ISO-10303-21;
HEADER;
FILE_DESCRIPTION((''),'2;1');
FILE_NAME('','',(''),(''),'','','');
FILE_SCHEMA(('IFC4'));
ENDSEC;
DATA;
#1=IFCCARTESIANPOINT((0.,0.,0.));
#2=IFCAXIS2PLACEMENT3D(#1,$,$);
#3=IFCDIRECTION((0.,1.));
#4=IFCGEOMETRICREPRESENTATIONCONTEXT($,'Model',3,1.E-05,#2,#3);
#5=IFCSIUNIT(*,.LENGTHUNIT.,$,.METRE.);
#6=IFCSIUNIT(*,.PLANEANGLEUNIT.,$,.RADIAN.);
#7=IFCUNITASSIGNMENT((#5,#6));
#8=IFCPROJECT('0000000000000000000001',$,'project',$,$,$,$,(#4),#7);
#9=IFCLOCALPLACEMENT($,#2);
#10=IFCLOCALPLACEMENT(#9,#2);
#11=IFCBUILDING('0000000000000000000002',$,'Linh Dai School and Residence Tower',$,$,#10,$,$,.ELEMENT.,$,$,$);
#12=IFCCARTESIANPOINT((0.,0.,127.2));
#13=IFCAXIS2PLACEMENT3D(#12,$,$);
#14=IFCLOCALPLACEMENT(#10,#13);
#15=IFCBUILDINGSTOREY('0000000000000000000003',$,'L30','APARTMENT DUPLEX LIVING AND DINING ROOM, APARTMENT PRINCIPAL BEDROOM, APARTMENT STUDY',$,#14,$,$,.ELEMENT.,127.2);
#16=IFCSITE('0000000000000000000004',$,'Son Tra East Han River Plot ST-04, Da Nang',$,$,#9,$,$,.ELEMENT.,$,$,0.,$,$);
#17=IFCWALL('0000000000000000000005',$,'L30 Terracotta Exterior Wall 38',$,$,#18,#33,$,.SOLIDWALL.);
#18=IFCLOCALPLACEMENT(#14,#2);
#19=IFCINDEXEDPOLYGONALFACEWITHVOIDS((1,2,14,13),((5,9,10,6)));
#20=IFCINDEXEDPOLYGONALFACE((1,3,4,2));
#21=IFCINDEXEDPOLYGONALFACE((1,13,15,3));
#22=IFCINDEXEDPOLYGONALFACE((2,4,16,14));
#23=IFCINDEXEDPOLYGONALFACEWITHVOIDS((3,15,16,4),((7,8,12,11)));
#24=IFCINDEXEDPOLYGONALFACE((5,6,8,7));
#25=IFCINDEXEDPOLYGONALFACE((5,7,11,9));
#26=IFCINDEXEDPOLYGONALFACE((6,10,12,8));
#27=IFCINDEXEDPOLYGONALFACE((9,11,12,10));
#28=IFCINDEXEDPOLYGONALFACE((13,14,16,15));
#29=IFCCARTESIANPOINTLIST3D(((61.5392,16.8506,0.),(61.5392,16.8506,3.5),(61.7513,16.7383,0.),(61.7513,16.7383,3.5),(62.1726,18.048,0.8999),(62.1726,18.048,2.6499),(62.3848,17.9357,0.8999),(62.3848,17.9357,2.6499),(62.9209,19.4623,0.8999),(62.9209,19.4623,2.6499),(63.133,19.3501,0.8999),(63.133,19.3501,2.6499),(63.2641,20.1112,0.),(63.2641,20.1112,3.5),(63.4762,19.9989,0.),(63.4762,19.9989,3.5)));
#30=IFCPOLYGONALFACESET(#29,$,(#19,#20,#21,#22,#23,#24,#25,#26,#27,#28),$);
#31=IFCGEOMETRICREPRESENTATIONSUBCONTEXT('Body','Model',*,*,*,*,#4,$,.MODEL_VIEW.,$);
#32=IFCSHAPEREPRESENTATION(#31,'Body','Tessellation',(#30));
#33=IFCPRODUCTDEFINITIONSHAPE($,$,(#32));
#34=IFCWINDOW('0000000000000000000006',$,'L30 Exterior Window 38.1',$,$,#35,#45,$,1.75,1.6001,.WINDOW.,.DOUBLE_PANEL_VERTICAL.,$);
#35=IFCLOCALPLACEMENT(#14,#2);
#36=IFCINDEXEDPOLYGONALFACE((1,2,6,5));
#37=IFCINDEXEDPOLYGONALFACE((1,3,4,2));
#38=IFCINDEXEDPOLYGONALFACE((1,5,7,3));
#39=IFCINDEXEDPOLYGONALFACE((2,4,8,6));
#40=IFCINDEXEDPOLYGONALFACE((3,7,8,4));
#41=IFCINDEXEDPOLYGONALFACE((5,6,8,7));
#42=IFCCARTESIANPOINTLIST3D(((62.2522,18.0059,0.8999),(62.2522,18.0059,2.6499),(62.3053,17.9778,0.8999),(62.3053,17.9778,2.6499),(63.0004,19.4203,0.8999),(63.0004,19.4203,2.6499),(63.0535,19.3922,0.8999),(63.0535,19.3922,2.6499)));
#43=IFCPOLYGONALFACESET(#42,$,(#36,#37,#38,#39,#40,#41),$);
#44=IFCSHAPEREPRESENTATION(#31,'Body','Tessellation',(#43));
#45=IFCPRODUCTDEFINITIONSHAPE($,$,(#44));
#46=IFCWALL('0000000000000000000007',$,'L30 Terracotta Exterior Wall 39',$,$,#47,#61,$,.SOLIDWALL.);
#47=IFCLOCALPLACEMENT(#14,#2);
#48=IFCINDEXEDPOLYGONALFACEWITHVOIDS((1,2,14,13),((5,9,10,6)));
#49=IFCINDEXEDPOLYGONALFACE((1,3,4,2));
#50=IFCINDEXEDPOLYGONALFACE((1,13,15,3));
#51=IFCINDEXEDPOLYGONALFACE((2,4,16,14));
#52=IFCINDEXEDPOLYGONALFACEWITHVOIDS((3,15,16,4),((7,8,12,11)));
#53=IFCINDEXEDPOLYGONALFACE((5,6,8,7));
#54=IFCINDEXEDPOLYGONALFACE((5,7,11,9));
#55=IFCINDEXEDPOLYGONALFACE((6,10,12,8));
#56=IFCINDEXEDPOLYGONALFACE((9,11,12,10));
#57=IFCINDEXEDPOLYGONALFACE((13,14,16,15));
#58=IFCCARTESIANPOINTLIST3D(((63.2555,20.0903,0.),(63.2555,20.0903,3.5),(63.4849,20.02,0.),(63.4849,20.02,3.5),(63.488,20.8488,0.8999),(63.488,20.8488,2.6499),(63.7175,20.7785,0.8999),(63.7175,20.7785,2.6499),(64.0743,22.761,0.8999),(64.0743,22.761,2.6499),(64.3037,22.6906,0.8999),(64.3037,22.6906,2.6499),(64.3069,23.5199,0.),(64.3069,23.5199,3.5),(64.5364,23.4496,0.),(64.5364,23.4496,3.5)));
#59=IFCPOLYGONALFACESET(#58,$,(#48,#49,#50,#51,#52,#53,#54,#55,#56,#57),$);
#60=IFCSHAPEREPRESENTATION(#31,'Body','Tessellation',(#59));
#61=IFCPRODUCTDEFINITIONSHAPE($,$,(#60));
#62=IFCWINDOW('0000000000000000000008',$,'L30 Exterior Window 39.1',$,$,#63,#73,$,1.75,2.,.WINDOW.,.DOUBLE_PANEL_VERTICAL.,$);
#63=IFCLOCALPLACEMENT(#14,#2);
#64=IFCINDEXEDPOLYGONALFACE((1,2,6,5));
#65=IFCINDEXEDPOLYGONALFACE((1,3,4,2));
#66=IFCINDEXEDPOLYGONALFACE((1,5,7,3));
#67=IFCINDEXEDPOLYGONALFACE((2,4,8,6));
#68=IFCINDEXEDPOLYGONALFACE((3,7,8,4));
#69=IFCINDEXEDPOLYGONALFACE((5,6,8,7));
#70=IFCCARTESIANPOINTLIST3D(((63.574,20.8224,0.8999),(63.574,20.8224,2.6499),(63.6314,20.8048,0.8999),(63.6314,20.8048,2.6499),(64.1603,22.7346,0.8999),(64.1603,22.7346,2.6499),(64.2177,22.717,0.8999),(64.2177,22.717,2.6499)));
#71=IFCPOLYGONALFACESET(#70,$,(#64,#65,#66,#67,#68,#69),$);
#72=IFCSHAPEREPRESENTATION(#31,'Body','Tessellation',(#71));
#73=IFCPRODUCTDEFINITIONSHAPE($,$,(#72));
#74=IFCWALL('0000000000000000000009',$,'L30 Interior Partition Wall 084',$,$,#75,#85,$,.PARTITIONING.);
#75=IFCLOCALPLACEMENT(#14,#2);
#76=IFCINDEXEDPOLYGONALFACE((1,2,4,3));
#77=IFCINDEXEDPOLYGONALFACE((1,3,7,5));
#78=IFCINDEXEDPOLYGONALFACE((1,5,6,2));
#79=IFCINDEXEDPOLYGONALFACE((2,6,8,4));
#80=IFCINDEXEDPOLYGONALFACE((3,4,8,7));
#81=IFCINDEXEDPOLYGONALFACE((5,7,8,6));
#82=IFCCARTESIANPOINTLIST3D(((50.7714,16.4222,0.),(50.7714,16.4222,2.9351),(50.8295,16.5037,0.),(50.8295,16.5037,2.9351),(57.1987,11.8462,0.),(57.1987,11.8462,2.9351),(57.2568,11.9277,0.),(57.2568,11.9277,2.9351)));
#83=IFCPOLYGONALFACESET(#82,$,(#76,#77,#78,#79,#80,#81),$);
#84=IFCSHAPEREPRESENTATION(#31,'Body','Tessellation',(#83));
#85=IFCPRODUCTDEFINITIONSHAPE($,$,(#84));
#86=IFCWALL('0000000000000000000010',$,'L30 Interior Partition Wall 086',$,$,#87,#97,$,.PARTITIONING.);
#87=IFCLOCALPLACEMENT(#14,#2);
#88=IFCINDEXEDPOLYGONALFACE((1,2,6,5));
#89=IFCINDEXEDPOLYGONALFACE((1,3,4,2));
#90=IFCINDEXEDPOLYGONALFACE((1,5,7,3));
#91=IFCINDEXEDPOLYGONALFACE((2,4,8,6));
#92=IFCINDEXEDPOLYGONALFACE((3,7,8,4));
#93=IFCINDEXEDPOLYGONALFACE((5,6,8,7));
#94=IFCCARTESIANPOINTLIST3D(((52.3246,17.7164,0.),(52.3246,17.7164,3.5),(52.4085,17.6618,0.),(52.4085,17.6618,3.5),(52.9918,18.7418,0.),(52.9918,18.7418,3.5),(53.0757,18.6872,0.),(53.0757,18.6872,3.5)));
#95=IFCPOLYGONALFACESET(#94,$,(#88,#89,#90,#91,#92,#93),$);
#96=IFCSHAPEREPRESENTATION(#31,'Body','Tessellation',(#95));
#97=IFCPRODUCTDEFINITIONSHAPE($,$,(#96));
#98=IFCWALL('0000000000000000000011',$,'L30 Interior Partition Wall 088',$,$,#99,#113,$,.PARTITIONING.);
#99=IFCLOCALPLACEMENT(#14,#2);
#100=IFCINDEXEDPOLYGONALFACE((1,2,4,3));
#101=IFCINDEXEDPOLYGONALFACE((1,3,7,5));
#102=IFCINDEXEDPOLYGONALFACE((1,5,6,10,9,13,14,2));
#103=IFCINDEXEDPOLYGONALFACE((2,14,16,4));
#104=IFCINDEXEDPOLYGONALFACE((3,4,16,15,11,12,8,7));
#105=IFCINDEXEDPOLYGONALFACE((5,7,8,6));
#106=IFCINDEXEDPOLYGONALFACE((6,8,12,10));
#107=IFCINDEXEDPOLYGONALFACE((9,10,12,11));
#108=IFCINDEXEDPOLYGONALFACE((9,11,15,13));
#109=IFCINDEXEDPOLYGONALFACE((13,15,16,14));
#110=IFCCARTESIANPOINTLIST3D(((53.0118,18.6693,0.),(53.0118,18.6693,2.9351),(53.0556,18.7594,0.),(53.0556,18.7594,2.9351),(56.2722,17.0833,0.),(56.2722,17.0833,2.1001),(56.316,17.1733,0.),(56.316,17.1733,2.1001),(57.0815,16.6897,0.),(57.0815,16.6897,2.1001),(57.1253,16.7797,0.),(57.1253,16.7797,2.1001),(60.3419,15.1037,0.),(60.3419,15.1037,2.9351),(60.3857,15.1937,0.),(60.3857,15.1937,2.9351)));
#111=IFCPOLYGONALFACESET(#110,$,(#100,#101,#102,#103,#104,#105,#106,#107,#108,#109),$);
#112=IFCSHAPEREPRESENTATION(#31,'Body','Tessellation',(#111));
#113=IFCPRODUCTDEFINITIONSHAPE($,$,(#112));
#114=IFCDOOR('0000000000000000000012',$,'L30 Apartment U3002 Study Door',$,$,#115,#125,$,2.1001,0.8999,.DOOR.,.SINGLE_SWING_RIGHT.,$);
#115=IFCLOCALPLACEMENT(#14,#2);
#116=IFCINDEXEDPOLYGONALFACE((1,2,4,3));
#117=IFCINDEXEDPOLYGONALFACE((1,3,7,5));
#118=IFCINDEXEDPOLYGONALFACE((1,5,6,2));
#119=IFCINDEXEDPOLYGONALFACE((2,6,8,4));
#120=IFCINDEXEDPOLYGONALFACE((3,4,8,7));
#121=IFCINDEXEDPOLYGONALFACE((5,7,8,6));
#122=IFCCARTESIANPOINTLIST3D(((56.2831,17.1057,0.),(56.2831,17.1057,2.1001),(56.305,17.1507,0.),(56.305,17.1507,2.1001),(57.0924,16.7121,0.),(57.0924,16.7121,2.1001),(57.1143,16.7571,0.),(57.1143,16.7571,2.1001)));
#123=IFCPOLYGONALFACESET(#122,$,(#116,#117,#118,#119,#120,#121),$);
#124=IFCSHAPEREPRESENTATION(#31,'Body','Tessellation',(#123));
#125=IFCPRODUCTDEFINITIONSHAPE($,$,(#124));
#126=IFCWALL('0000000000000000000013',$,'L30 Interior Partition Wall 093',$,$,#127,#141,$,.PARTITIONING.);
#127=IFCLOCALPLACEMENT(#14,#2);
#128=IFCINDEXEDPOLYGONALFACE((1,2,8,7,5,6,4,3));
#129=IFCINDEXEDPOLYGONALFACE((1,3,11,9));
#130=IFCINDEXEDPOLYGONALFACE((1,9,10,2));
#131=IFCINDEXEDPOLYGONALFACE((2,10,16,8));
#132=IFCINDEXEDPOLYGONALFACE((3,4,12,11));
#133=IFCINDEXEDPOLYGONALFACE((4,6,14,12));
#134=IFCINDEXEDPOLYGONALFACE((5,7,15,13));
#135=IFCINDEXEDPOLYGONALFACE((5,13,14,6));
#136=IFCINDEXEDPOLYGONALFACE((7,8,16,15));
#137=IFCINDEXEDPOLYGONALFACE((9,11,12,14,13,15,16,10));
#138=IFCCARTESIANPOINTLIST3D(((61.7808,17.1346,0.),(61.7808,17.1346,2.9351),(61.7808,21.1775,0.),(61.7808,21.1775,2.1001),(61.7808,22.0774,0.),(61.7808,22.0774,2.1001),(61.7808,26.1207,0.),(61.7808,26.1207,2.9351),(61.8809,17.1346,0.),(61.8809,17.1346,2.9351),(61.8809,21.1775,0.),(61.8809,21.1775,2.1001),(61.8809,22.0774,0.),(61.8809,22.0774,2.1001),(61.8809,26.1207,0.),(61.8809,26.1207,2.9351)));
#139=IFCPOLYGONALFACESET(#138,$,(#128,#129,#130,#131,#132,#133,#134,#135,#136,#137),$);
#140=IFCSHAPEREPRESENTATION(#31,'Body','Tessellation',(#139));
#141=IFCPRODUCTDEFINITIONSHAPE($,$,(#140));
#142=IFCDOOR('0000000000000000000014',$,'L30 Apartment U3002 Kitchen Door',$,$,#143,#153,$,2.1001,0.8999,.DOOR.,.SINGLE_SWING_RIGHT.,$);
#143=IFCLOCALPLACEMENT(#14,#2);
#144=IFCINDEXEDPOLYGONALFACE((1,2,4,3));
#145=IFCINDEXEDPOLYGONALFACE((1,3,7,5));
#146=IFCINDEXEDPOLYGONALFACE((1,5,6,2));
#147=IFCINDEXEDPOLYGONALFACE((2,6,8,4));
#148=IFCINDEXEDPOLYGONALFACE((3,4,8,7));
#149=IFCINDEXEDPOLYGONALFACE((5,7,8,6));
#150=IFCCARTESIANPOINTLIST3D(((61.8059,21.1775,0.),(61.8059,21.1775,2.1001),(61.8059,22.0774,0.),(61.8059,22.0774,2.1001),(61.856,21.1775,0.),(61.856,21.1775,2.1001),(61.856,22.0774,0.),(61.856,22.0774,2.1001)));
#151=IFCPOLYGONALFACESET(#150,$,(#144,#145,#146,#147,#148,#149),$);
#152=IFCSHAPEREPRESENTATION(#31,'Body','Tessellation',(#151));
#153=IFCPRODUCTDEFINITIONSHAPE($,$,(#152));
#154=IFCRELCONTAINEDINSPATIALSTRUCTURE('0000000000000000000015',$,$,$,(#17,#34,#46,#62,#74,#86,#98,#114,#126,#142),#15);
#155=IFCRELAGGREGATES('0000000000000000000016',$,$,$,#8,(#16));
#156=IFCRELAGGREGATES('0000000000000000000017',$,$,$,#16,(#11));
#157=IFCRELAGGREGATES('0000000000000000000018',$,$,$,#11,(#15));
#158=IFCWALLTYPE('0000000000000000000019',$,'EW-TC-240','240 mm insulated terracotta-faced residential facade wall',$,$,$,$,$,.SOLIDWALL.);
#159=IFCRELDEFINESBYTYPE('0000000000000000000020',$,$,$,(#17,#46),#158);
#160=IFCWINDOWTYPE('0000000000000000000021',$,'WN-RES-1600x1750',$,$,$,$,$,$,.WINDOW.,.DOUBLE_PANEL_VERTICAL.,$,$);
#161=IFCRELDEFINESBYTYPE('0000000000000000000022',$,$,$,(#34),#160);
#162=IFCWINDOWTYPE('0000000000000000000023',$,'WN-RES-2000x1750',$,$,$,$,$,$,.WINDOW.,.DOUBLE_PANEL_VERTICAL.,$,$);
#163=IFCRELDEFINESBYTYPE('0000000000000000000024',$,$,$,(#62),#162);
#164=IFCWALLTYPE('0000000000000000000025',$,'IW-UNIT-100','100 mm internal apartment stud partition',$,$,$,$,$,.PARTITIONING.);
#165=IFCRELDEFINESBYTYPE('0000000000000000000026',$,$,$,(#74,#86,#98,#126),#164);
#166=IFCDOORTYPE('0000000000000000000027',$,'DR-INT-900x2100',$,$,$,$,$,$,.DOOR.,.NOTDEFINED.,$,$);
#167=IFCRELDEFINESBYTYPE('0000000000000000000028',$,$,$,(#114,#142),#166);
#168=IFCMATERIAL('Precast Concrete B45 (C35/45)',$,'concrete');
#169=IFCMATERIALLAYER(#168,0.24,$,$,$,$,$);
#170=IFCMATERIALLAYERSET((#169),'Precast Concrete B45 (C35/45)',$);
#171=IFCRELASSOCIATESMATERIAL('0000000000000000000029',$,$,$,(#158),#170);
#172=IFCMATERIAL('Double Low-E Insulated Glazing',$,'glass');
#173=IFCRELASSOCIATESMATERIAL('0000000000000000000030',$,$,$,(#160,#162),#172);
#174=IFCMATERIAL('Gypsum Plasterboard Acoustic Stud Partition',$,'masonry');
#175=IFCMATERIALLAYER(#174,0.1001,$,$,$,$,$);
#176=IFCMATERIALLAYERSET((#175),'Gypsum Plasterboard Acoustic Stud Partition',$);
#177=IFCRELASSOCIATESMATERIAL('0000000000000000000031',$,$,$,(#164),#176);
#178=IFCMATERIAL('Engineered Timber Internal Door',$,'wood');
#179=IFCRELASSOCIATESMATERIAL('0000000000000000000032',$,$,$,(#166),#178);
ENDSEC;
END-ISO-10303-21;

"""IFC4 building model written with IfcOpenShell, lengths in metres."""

from ifc_helpers import new_model, si_unit, direction, frame, frame_2d, origin, origin_2d, place, context, subcontext, project, spatial, rectangle, extrude, source, transform, mapped, material, layer, layer_set, type_object, element, fill, save


model = new_model("IFC4")

# Units and contexts
model_context = context("Model", 3, precision=1e-05, world=origin(), true_north=direction((0.0, 1.0)))
body_context = subcontext(model_context, "Body", "Model", "MODEL_VIEW")
ifc_project = project(units=[si_unit("LENGTHUNIT", "METRE"), si_unit("PLANEANGLEUNIT", "RADIAN")], contexts=[model_context])

# Site, building, storey
site_placement = place(None, origin())
site = spatial("IfcSite", under=ifc_project, at=site_placement, Name="Son Tra East Han River Plot ST-04, Da Nang", CompositionType="ELEMENT", RefElevation=0.0)
building_placement = place(site_placement, origin())
building = spatial("IfcBuilding", under=site, at=building_placement, Name="Linh Dai School and Residence Tower", CompositionType="ELEMENT")
storey_placement = place(building_placement, frame((0.0, 0.0, 127.2)))
storey = spatial("IfcBuildingStorey", under=building, at=storey_placement, Name="L30", Description="APARTMENT DUPLEX LIVING AND DINING ROOM, APARTMENT PRINCIPAL BEDROOM, APARTMENT STUDY", CompositionType="ELEMENT", Elevation=127.2)

# Shared definitions
ifc_material_1 = material(Name="Precast Concrete B45 (C35/45)", Category="concrete")

# Walls, openings, windows
ifc_layer_1 = layer(ifc_material_1, 0.24)
ifc_layer_set_1 = layer_set([ifc_layer_1], Name="Precast Concrete B45 (C35/45)")
wall_type_1 = type_object("IfcWallType", Name="EW-TC-240", Description="240 mm insulated terracotta-faced residential facade wall", PredefinedType="SOLIDWALL", material=ifc_layer_set_1)
ifc_material_2 = material(Name="Double Low-E Insulated Glazing", Category="glass")
window_type_1 = type_object("IfcWindowType", Name="WN-RES-1600x1750", PartitioningType="DOUBLE_PANEL_VERTICAL", PredefinedType="WINDOW", material=ifc_material_2)
shared_shape_1 = source(origin(), body_context, "Body", "SweptSolid", [
    extrude(rectangle(XDim=1.6001, YDim=1.75, at=origin_2d()), frame((0.8, 0.03, 0.875), z_axis=(0.0, -1.0, 0.0), x_axis=(1.0, 0.0, 0.0)), (0.0, 0.0, 1.0), 0.0601),
])
window_type_2 = type_object("IfcWindowType", Name="WN-RES-2000x1750", PartitioningType="DOUBLE_PANEL_VERTICAL", PredefinedType="WINDOW", material=ifc_material_2)
shared_shape_2 = source(origin(), body_context, "Body", "SweptSolid", [
    extrude(rectangle(XDim=2.0, YDim=1.75, at=origin_2d()), frame((1.0, 0.03, 0.875), z_axis=(0.0, -1.0, 0.0), x_axis=(1.0, 0.0, 0.0)), (0.0, 0.0, 1.0), 0.0601),
])
wall_1_placement = place(storey_placement, frame((63.3701, 20.0549, 0.0), z_axis=(0.0, 0.0, 1.0), x_axis=(-0.467614, -0.883933, 0.0)))
wall_1 = element("IfcWall", 1, at=wall_1_placement, inside=storey, type_object=wall_type_1, Name="L30 Terracotta Exterior Wall 38", PredefinedType="SOLIDWALL", context=body_context, shape_type="SweptSolid", body=[
    extrude(rectangle(XDim=3.6887, YDim=0.24, at=frame_2d((1.8442, 0.0))), origin(), (0.0, 0.0, 1.0), 3.5),
])
opening_1_placement = place(wall_1_placement, frame((0.7339, 0.0, 0.8999)))
opening_1 = element("IfcOpeningElement", 2, at=opening_1_placement, cuts=wall_1, PredefinedType="OPENING", context=body_context, shape_type="SweptSolid", body=[
    extrude(rectangle(XDim=1.6001, YDim=1.75, at=origin_2d()), frame((0.8, 0.1299, 0.875), z_axis=(0.0, -1.0, 0.0), x_axis=(1.0, 0.0, 0.0)), (0.0, 0.0, 1.0), 0.26),
])
window_1_placement = place(opening_1_placement, origin())
window_1 = element("IfcWindow", 3, at=window_1_placement, inside=storey, type_object=window_type_1, Name="L30 Exterior Window 38.1", OverallHeight=1.75, OverallWidth=1.6001, PartitioningType="DOUBLE_PANEL_VERTICAL", PredefinedType="WINDOW", context=body_context, shape_type="MappedRepresentation", body=[
    mapped(shared_shape_1, transform((0.0, 0.0, 0.0), x_axis=(1.0, 0.0, 0.0), y_axis=(0.0, 1.0, 0.0), z_axis=(0.0, 0.0, 1.0), scale=1.0)),
])
fill(opening_1, window_1)
wall_2_placement = place(storey_placement, frame((64.4216, 23.4846, 0.0), z_axis=(0.0, 0.0, 1.0), x_axis=(-0.293124, -0.956074, 0.0)))
wall_2 = element("IfcWall", 4, at=wall_2_placement, inside=storey, type_object=wall_type_1, Name="L30 Terracotta Exterior Wall 39", PredefinedType="SOLIDWALL", context=body_context, shape_type="SweptSolid", body=[
    extrude(rectangle(XDim=3.5872, YDim=0.24, at=frame_2d((1.7935, 0.0))), origin(), (0.0, 0.0, 1.0), 3.5),
])
opening_2_placement = place(wall_2_placement, frame((0.7937, 0.0, 0.8999)))
opening_2 = element("IfcOpeningElement", 5, at=opening_2_placement, cuts=wall_2, PredefinedType="OPENING", context=body_context, shape_type="SweptSolid", body=[
    extrude(rectangle(XDim=2.0, YDim=1.75, at=origin_2d()), frame((1.0, 0.1299, 0.875), z_axis=(0.0, -1.0, 0.0), x_axis=(1.0, 0.0, 0.0)), (0.0, 0.0, 1.0), 0.26),
])
window_2_placement = place(opening_2_placement, origin())
window_2 = element("IfcWindow", 6, at=window_2_placement, inside=storey, type_object=window_type_2, Name="L30 Exterior Window 39.1", OverallHeight=1.75, OverallWidth=2.0, PartitioningType="DOUBLE_PANEL_VERTICAL", PredefinedType="WINDOW", context=body_context, shape_type="MappedRepresentation", body=[
    mapped(shared_shape_2, transform((0.0, 0.0, 0.0), x_axis=(1.0, 0.0, 0.0), y_axis=(0.0, 1.0, 0.0), z_axis=(0.0, 0.0, 1.0), scale=1.0)),
])
fill(opening_2, window_2)

# Walls
ifc_material_3 = material(Name="Gypsum Plasterboard Acoustic Stud Partition", Category="masonry")
ifc_layer_2 = layer(ifc_material_3, 0.1001)
ifc_layer_set_2 = layer_set([ifc_layer_2], Name="Gypsum Plasterboard Acoustic Stud Partition")
wall_type_2 = type_object("IfcWallType", Name="IW-UNIT-100", Description="100 mm internal apartment stud partition", PredefinedType="PARTITIONING", material=ifc_layer_set_2)
wall_3_placement = place(storey_placement, frame((50.8005, 16.4629, 0.0), z_axis=(0.0, 0.0, 1.0), x_axis=(0.814629, -0.579982, 0.0)))
element("IfcWall", 7, at=wall_3_placement, inside=storey, type_object=wall_type_2, Name="L30 Interior Partition Wall 084", PredefinedType="PARTITIONING", context=body_context, shape_type="SweptSolid", body=[
    extrude(rectangle(XDim=7.8899, YDim=0.1001, at=frame_2d((3.9448, 0.0))), origin(), (0.0, 0.0, 1.0), 2.9351),
])
wall_4_placement = place(storey_placement, frame((52.3665, 17.689, 0.0), z_axis=(0.0, 0.0, 1.0), x_axis=(0.545409, 0.83817, 0.0)))
element("IfcWall", 8, at=wall_4_placement, inside=storey, type_object=wall_type_2, Name="L30 Interior Partition Wall 086", PredefinedType="PARTITIONING", context=body_context, shape_type="SweptSolid", body=[
    extrude(rectangle(XDim=1.2234, YDim=0.1001, at=frame_2d((0.6118, 0.0))), origin(), (0.0, 0.0, 1.0), 3.5),
])

# Walls, openings, doors
wall_5_placement = place(storey_placement, frame((53.0337, 18.7144, 0.0), z_axis=(0.0, 0.0, 1.0), x_axis=(0.89925, -0.437435, 0.0)))
wall_5 = element("IfcWall", 9, at=wall_5_placement, inside=storey, type_object=wall_type_2, Name="L30 Interior Partition Wall 088", PredefinedType="PARTITIONING", context=body_context, shape_type="SweptSolid", body=[
    extrude(rectangle(XDim=8.1514, YDim=0.1001, at=frame_2d((4.0757, 0.0))), origin(), (0.0, 0.0, 1.0), 2.9351),
])
opening_3_placement = place(wall_5_placement, frame((3.6257, 0.0, 0.0)))
opening_3 = element("IfcOpeningElement", 10, at=opening_3_placement, cuts=wall_5, PredefinedType="OPENING", context=body_context, shape_type="SweptSolid", body=[
    extrude(rectangle(XDim=0.8999, YDim=2.1001, at=origin_2d()), frame((0.45, 0.0601, 1.05), z_axis=(0.0, -1.0, 0.0), x_axis=(1.0, 0.0, 0.0)), (0.0, 0.0, 1.0), 0.1201),
])
ifc_material_4 = material(Name="Engineered Timber Internal Door", Category="wood")
door_type = type_object("IfcDoorType", Name="DR-INT-900x2100", OperationType="NOTDEFINED", PredefinedType="DOOR", material=ifc_material_4)
shared_shape_3 = source(origin(), body_context, "Body", "SweptSolid", [
    extrude(rectangle(XDim=0.8999, YDim=2.1001, at=origin_2d()), frame((0.45, 0.0249, 1.05), z_axis=(0.0, -1.0, 0.0), x_axis=(1.0, 0.0, 0.0)), (0.0, 0.0, 1.0), 0.05),
])
door_1_placement = place(opening_3_placement, origin())
door_1 = element("IfcDoor", 11, at=door_1_placement, inside=storey, type_object=door_type, Name="L30 Apartment U3002 Study Door", OperationType="SINGLE_SWING_RIGHT", OverallHeight=2.1001, OverallWidth=0.8999, PredefinedType="DOOR", context=body_context, shape_type="MappedRepresentation", body=[
    mapped(shared_shape_3, transform((0.0, 0.0, 0.0), x_axis=(1.0, 0.0, 0.0), y_axis=(0.0, 1.0, 0.0), z_axis=(0.0, 0.0, 1.0), scale=1.0)),
])
fill(opening_3, door_1)
wall_6_placement = place(storey_placement, frame((61.8308, 17.1345, 0.0), z_axis=(0.0, 0.0, 1.0), x_axis=(0.0, 1.0, 0.0)))
wall_6 = element("IfcWall", 12, at=wall_6_placement, inside=storey, type_object=wall_type_2, Name="L30 Interior Partition Wall 093", PredefinedType="PARTITIONING", context=body_context, shape_type="SweptSolid", body=[
    extrude(rectangle(XDim=8.9861, YDim=0.1001, at=frame_2d((4.4932, 0.0))), origin(), (0.0, 0.0, 1.0), 2.9351),
])
opening_4_placement = place(wall_6_placement, frame((4.043, 0.0, 0.0)))
opening_4 = element("IfcOpeningElement", 13, at=opening_4_placement, cuts=wall_6, PredefinedType="OPENING", context=body_context, shape_type="SweptSolid", body=[
    extrude(rectangle(XDim=0.8999, YDim=2.1001, at=origin_2d()), frame((0.45, 0.0601, 1.05), z_axis=(0.0, -1.0, 0.0), x_axis=(1.0, 0.0, 0.0)), (0.0, 0.0, 1.0), 0.1201),
])
door_2_placement = place(opening_4_placement, origin())
door_2 = element("IfcDoor", 14, at=door_2_placement, inside=storey, type_object=door_type, Name="L30 Apartment U3002 Kitchen Door", OperationType="SINGLE_SWING_RIGHT", OverallHeight=2.1001, OverallWidth=0.8999, PredefinedType="DOOR", context=body_context, shape_type="MappedRepresentation", body=[
    mapped(shared_shape_3, transform((0.0, 0.0, 0.0), x_axis=(1.0, 0.0, 0.0), y_axis=(0.0, 1.0, 0.0), z_axis=(0.0, 0.0, 1.0), scale=1.0)),
])
fill(opening_4, door_2)

save(model, "model.ifc")
